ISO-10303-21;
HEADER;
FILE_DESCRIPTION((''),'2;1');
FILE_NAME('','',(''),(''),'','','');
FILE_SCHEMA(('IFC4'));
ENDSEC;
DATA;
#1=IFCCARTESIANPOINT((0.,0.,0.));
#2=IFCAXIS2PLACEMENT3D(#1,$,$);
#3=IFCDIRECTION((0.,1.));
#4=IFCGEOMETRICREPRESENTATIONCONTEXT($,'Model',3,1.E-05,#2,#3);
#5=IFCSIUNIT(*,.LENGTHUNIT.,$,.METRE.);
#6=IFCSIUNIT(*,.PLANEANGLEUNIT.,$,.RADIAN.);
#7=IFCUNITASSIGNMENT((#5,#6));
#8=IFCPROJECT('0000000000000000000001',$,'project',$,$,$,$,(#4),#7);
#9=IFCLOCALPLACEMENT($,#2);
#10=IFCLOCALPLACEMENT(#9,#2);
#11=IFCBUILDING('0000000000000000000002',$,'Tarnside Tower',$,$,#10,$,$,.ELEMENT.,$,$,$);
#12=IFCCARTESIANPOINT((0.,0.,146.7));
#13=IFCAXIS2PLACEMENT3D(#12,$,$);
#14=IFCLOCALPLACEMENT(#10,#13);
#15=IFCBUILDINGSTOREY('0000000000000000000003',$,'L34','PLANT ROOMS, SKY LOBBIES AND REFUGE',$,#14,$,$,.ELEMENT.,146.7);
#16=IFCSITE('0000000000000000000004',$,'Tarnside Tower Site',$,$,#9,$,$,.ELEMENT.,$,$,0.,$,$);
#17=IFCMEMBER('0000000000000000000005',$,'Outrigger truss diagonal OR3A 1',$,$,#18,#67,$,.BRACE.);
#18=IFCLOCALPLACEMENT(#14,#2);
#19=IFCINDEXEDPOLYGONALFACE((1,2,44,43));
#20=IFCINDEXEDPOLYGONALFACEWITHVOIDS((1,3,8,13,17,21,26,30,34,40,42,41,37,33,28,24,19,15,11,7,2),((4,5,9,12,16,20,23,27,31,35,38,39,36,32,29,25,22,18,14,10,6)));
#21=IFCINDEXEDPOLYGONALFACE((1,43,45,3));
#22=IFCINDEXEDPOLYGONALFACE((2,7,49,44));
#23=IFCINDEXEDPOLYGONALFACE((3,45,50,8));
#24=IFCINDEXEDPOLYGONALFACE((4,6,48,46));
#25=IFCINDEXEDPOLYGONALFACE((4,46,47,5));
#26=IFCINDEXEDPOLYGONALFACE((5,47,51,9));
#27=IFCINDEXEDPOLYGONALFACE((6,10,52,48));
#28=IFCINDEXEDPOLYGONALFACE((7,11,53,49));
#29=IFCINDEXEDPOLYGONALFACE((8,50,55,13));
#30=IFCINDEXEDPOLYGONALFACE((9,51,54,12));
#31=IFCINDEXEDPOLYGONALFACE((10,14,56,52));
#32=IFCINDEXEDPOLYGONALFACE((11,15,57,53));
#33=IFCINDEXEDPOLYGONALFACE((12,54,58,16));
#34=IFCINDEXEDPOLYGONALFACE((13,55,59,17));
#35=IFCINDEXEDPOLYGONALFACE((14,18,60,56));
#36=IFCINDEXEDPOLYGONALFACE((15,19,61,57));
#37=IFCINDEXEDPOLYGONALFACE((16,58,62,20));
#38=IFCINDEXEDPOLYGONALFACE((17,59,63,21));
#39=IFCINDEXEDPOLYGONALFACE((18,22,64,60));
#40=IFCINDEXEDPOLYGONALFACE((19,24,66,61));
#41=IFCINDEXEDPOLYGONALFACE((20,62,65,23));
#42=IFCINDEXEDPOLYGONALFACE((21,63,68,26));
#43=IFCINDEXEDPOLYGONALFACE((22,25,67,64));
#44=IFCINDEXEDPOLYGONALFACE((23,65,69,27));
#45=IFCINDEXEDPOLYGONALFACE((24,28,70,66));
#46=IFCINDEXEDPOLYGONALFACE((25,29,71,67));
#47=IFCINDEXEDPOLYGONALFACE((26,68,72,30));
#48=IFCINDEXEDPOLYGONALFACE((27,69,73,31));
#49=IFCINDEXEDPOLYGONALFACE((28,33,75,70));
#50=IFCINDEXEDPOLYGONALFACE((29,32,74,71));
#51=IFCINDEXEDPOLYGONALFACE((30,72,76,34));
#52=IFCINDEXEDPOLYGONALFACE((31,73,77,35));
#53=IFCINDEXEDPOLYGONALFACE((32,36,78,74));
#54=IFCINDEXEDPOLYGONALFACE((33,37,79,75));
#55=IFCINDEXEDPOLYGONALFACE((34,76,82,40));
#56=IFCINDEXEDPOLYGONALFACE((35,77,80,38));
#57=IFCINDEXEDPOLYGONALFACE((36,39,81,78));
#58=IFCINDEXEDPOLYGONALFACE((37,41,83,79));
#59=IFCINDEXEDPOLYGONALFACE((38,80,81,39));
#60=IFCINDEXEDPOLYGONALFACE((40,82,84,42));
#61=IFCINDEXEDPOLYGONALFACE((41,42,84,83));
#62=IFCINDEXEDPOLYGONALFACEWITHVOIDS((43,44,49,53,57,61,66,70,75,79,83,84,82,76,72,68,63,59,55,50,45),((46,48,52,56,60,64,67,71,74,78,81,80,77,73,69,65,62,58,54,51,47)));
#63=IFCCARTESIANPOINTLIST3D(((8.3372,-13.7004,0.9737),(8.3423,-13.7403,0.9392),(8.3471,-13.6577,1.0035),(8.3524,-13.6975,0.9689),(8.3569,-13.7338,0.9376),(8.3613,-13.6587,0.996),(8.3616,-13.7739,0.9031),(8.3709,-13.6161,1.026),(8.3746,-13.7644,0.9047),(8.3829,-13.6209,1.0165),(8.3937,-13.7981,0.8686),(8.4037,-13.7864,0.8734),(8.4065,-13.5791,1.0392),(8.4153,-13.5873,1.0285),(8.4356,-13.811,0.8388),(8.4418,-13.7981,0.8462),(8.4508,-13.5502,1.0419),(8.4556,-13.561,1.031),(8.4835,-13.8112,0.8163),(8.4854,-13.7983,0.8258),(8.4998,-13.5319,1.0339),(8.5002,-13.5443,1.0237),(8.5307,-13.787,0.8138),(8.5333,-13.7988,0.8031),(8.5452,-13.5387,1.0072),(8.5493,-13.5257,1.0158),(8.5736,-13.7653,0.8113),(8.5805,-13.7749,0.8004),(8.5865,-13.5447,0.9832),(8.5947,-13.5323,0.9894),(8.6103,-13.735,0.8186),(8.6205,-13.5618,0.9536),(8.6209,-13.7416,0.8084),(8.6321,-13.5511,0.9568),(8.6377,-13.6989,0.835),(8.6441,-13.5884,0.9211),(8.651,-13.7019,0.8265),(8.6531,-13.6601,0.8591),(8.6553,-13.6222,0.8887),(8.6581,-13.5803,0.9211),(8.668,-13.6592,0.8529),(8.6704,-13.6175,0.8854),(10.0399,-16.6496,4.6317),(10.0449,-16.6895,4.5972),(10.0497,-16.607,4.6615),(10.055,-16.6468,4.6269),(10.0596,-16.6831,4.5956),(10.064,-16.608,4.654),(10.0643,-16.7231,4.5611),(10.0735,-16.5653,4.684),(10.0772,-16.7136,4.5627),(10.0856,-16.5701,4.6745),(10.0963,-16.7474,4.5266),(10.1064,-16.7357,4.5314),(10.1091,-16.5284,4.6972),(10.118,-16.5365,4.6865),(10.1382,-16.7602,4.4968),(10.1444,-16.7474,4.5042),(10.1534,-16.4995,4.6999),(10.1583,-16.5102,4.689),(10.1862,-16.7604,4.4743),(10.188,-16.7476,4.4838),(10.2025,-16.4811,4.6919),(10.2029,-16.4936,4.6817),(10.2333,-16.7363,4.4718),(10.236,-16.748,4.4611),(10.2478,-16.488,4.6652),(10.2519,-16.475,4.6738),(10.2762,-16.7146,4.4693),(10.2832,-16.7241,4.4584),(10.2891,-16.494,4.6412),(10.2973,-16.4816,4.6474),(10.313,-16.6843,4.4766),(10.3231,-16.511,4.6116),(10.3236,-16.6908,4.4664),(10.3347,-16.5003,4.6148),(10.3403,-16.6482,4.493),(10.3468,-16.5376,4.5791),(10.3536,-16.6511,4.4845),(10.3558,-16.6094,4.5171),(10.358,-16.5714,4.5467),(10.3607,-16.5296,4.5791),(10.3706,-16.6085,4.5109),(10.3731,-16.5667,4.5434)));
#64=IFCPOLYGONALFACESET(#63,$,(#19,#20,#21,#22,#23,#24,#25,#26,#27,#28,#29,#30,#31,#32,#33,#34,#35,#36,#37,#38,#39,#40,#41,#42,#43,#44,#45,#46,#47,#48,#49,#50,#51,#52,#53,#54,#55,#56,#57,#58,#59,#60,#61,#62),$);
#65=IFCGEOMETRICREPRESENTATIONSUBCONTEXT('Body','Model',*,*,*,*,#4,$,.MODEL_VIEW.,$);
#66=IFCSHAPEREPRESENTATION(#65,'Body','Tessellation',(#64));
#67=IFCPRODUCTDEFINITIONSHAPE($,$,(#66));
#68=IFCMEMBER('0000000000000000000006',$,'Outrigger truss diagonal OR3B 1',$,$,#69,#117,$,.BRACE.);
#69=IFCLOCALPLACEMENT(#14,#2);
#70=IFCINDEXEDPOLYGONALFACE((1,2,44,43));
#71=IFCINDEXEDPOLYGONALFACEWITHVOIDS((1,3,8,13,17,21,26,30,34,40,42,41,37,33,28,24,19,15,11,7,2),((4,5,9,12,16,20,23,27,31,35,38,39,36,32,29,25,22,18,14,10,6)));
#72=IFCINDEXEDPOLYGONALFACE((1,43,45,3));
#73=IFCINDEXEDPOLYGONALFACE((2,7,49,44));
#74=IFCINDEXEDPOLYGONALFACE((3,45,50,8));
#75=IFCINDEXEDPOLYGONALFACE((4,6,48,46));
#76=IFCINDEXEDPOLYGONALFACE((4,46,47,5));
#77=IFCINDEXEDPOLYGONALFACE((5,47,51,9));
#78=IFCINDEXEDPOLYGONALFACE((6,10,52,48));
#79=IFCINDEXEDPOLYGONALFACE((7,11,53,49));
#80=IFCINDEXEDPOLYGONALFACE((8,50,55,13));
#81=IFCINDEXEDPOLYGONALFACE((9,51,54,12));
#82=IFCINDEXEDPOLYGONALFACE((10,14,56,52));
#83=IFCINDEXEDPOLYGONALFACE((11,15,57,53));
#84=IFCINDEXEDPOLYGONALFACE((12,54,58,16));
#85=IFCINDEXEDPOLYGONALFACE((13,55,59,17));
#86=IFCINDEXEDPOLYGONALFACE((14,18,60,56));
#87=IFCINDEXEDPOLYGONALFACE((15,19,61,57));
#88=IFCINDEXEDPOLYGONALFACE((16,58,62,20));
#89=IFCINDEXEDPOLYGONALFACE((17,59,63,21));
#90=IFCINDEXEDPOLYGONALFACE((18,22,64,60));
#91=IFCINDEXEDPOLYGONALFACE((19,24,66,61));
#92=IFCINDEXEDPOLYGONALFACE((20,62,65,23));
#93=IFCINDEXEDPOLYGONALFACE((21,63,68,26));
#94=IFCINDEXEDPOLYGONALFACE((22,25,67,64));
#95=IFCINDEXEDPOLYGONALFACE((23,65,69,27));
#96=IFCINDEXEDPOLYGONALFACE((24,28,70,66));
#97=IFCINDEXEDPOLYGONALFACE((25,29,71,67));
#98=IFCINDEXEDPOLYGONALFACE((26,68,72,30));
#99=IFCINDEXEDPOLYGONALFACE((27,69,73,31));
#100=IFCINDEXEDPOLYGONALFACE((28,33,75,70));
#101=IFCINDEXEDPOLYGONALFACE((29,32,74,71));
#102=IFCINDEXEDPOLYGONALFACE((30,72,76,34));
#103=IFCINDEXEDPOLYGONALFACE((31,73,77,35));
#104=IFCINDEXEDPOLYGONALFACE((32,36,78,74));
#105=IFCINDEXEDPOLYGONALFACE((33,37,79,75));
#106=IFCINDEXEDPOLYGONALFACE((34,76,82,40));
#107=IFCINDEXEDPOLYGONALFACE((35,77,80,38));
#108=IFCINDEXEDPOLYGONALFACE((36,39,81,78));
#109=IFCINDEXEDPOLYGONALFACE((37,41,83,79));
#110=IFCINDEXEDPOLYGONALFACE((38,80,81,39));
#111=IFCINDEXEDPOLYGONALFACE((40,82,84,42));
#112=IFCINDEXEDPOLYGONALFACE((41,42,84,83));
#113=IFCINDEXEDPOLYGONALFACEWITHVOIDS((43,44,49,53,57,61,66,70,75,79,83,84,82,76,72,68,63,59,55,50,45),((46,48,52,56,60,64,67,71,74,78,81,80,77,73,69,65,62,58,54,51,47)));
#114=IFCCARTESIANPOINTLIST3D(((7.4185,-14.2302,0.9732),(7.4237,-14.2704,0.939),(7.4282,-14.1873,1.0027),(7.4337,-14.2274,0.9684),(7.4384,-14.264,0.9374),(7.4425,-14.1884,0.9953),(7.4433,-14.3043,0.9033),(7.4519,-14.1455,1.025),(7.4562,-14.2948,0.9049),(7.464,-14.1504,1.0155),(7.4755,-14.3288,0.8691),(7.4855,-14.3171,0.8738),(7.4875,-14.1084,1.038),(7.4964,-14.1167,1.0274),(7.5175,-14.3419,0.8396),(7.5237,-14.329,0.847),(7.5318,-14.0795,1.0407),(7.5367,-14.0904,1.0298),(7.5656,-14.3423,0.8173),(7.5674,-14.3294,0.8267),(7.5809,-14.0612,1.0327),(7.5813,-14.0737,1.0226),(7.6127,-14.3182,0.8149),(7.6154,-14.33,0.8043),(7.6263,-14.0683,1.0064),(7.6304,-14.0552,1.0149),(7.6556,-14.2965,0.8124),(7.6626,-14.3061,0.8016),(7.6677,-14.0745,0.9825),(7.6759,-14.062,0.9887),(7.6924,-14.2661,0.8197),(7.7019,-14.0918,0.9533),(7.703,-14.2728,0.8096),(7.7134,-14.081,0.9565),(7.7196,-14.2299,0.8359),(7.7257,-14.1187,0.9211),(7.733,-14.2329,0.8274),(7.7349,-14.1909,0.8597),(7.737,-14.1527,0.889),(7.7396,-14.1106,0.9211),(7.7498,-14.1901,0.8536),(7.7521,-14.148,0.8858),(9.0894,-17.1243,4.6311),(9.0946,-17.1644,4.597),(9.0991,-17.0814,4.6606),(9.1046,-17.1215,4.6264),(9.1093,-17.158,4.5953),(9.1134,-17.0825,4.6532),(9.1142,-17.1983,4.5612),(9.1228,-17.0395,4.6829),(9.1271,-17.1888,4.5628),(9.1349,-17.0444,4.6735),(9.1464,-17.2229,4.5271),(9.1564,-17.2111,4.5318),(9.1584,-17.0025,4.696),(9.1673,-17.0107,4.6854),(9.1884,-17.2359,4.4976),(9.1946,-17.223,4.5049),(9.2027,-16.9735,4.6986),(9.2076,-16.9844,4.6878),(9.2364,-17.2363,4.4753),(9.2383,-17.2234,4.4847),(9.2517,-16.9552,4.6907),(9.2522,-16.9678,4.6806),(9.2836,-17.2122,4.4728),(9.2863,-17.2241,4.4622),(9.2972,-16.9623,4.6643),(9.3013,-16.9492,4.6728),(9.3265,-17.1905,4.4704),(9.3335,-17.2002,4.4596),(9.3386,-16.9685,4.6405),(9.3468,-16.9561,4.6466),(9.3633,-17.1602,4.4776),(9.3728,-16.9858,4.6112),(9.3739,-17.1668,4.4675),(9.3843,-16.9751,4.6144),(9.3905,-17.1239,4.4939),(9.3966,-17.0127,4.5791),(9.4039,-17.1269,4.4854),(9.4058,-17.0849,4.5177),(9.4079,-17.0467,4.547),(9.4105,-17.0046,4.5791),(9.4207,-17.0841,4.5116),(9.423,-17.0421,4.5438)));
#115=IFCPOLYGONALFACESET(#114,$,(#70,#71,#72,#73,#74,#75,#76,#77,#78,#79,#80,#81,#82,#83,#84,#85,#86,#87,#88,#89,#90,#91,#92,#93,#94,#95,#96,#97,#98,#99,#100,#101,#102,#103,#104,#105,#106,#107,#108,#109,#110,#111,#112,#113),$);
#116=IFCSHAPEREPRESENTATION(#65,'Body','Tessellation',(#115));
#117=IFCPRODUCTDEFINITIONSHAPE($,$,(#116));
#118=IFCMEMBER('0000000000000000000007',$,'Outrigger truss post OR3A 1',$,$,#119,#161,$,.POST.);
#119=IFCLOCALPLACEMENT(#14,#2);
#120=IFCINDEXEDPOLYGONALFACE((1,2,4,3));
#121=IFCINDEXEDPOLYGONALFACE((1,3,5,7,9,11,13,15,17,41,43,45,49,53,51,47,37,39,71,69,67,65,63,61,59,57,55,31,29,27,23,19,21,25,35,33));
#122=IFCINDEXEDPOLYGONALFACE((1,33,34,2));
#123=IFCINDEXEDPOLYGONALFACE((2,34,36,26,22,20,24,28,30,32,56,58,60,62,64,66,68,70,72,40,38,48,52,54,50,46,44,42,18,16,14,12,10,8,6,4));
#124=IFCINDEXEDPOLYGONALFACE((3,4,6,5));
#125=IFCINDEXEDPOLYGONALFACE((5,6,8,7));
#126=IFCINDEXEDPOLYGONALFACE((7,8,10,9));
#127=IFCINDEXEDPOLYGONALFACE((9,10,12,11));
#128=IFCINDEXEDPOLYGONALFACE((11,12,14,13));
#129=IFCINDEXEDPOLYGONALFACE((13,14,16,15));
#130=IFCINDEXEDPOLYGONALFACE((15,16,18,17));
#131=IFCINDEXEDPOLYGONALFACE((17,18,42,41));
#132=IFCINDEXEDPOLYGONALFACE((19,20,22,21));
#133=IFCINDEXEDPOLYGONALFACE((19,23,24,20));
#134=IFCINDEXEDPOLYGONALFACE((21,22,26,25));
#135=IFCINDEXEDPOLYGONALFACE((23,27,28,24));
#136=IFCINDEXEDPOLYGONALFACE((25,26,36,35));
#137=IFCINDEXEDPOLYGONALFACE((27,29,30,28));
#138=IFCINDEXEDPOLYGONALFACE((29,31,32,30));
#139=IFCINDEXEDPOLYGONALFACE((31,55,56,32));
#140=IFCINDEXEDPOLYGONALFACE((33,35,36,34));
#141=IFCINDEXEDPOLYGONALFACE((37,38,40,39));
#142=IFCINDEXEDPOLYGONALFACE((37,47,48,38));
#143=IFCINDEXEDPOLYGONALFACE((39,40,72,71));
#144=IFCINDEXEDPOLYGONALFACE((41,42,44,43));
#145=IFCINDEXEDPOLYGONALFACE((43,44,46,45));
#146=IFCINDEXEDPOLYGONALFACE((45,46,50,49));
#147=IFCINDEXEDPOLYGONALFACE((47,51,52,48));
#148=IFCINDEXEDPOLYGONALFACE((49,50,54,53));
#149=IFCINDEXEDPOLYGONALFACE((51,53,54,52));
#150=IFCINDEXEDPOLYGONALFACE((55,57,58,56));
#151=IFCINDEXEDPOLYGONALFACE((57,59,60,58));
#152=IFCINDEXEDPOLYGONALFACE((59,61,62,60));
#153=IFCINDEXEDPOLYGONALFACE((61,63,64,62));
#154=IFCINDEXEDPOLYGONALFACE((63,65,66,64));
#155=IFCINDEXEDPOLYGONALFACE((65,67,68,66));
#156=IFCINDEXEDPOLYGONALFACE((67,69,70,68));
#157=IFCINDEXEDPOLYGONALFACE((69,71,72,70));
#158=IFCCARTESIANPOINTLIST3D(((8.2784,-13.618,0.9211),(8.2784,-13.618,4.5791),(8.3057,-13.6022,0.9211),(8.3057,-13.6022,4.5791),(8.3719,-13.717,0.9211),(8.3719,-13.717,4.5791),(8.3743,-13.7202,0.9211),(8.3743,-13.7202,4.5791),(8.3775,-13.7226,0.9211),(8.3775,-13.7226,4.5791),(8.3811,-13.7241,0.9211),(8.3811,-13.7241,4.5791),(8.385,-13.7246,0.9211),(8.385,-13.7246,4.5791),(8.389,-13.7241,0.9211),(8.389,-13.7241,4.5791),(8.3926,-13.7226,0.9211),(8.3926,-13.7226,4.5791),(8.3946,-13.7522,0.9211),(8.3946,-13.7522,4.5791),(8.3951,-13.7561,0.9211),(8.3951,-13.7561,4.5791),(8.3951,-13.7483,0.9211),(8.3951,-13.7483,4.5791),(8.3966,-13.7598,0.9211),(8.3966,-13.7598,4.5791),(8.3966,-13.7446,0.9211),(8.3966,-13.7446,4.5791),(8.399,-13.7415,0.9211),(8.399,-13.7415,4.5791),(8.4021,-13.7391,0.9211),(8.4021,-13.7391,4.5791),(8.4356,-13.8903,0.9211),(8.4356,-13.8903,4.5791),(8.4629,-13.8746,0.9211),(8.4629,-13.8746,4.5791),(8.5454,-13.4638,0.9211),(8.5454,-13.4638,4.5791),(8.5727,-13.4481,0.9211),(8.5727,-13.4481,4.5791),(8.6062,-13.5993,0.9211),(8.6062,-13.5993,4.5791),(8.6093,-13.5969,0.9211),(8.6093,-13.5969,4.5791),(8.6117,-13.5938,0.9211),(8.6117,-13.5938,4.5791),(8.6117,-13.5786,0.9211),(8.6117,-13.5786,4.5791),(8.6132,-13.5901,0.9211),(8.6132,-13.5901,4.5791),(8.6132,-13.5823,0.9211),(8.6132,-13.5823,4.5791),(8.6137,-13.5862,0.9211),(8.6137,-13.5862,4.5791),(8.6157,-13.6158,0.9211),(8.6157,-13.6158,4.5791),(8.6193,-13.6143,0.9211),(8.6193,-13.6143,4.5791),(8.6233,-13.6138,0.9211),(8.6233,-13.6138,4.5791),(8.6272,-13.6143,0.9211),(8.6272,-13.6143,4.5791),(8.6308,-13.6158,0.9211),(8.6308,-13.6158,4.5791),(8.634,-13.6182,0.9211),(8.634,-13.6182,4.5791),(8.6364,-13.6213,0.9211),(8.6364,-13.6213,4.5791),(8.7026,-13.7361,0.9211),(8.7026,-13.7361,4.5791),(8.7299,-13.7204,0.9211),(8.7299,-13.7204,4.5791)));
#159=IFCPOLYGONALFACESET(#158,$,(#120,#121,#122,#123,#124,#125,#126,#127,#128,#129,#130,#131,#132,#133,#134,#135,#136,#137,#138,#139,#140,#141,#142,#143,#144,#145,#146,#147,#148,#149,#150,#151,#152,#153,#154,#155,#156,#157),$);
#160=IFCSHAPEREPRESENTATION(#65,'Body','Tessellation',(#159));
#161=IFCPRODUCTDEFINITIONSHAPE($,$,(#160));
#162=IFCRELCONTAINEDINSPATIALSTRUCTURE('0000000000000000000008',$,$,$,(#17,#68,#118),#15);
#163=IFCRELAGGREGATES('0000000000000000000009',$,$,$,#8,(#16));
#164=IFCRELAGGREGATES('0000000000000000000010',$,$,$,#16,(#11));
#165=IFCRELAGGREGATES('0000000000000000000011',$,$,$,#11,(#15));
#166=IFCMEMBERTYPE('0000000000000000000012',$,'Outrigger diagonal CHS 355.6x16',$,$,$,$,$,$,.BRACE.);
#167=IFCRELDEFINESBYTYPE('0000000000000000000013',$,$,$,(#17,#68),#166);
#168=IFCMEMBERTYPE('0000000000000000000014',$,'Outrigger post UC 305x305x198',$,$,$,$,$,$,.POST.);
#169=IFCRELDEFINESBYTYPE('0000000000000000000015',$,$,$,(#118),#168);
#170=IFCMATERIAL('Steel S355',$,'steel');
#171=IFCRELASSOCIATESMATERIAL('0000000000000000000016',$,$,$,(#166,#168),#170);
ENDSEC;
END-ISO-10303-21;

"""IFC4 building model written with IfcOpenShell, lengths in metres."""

from ifc_helpers import new_model, si_unit, direction, frame, origin, origin_2d, place, context, subcontext, project, spatial, hollow_circle, i_section, extrude, material, material_profile, profile_set, type_object, element, save


model = new_model("IFC4")

# Units and contexts
model_context = context("Model", 3, precision=1e-05, world=origin(), true_north=direction((0.0, 1.0)))
body_context = subcontext(model_context, "Body", "Model", "MODEL_VIEW")
ifc_project = project(units=[si_unit("LENGTHUNIT", "METRE"), si_unit("PLANEANGLEUNIT", "RADIAN")], contexts=[model_context])

# Site, building, storey
site_placement = place(None, origin())
site = spatial("IfcSite", under=ifc_project, at=site_placement, Name="Tarnside Tower Site", CompositionType="ELEMENT", RefElevation=0.0)
building_placement = place(site_placement, origin())
building = spatial("IfcBuilding", under=site, at=building_placement, Name="Tarnside Tower", CompositionType="ELEMENT")
storey_placement = place(building_placement, frame((0.0, 0.0, 146.7)))
storey = spatial("IfcBuildingStorey", under=building, at=storey_placement, Name="L34", Description="PLANT ROOMS, SKY LOBBIES AND REFUGE", CompositionType="ELEMENT", Elevation=146.7)

# Members
ifc_material_1 = material(Name="Steel S355", Category="steel")
ifc_material_profile_1 = material_profile(ifc_material_1, hollow_circle(Radius=0.1777, WallThickness=0.0161, at=origin_2d()), Name="CHS 355.6x16")
ifc_profile_set_1 = profile_set([ifc_material_profile_1], Name="Steel S355")
member_type_1 = type_object("IfcMemberType", Name="Outrigger diagonal CHS 355.6x16", PredefinedType="BRACE", material=ifc_profile_set_1)
member_1_placement = place(storey_placement, frame((8.5042, -13.6692, 0.9211), z_axis=(0.340681, -0.590109, 0.731921), x_axis=(0.866038, 0.499979, 0.0)))
element("IfcMember", 1, at=member_1_placement, inside=storey, type_object=member_type_1, Name="Outrigger truss diagonal OR3A 1", PredefinedType="BRACE", context=body_context, shape_type="SweptSolid", body=[
    extrude(hollow_circle(Radius=0.1777, WallThickness=0.0161, at=origin_2d()), origin(), (0.0, 0.0, 1.0), 4.9978),
])
member_2_placement = place(storey_placement, frame((7.5857, -14.1995, 0.9211), z_axis=(0.337242, -0.584112, 0.738296), x_axis=(0.866023, 0.500005, 0.0)))
element("IfcMember", 2, at=member_2_placement, inside=storey, type_object=member_type_1, Name="Outrigger truss diagonal OR3B 1", PredefinedType="BRACE", context=body_context, shape_type="SweptSolid", body=[
    extrude(hollow_circle(Radius=0.1777, WallThickness=0.0161, at=origin_2d()), origin(), (0.0, 0.0, 1.0), 4.9546),
])
ifc_material_profile_2 = material_profile(ifc_material_1, i_section(OverallWidth=0.3145, OverallDepth=0.3398, WebThickness=0.019, FlangeThickness=0.0315, FilletRadius=0.0151, at=origin_2d()), Name="UC 305x305x198")
ifc_profile_set_2 = profile_set([ifc_material_profile_2], Name="Steel S355")
member_type_2 = type_object("IfcMemberType", Name="Outrigger post UC 305x305x198", PredefinedType="POST", material=ifc_profile_set_2)
for number, where, z_axis, x_axis, name in (
    (3, (8.5042, -13.6692, 0.9211), (0.0, 0.0, 1.0), (0.5, -0.866025, 0.0), "Outrigger truss post OR3A 1"),
):
    element("IfcMember", number, at=place(storey_placement, frame(where, z_axis=z_axis, x_axis=x_axis)), inside=storey, type_object=member_type_2, Name=name, PredefinedType="POST", context=body_context, shape_type="SweptSolid", body=[
        extrude(i_section(OverallWidth=0.3145, OverallDepth=0.3398, WebThickness=0.019, FlangeThickness=0.0315, FilletRadius=0.0151, at=origin_2d()), origin(), (0.0, 0.0, 1.0), 3.658),
    ])

save(model, "model.ifc")
